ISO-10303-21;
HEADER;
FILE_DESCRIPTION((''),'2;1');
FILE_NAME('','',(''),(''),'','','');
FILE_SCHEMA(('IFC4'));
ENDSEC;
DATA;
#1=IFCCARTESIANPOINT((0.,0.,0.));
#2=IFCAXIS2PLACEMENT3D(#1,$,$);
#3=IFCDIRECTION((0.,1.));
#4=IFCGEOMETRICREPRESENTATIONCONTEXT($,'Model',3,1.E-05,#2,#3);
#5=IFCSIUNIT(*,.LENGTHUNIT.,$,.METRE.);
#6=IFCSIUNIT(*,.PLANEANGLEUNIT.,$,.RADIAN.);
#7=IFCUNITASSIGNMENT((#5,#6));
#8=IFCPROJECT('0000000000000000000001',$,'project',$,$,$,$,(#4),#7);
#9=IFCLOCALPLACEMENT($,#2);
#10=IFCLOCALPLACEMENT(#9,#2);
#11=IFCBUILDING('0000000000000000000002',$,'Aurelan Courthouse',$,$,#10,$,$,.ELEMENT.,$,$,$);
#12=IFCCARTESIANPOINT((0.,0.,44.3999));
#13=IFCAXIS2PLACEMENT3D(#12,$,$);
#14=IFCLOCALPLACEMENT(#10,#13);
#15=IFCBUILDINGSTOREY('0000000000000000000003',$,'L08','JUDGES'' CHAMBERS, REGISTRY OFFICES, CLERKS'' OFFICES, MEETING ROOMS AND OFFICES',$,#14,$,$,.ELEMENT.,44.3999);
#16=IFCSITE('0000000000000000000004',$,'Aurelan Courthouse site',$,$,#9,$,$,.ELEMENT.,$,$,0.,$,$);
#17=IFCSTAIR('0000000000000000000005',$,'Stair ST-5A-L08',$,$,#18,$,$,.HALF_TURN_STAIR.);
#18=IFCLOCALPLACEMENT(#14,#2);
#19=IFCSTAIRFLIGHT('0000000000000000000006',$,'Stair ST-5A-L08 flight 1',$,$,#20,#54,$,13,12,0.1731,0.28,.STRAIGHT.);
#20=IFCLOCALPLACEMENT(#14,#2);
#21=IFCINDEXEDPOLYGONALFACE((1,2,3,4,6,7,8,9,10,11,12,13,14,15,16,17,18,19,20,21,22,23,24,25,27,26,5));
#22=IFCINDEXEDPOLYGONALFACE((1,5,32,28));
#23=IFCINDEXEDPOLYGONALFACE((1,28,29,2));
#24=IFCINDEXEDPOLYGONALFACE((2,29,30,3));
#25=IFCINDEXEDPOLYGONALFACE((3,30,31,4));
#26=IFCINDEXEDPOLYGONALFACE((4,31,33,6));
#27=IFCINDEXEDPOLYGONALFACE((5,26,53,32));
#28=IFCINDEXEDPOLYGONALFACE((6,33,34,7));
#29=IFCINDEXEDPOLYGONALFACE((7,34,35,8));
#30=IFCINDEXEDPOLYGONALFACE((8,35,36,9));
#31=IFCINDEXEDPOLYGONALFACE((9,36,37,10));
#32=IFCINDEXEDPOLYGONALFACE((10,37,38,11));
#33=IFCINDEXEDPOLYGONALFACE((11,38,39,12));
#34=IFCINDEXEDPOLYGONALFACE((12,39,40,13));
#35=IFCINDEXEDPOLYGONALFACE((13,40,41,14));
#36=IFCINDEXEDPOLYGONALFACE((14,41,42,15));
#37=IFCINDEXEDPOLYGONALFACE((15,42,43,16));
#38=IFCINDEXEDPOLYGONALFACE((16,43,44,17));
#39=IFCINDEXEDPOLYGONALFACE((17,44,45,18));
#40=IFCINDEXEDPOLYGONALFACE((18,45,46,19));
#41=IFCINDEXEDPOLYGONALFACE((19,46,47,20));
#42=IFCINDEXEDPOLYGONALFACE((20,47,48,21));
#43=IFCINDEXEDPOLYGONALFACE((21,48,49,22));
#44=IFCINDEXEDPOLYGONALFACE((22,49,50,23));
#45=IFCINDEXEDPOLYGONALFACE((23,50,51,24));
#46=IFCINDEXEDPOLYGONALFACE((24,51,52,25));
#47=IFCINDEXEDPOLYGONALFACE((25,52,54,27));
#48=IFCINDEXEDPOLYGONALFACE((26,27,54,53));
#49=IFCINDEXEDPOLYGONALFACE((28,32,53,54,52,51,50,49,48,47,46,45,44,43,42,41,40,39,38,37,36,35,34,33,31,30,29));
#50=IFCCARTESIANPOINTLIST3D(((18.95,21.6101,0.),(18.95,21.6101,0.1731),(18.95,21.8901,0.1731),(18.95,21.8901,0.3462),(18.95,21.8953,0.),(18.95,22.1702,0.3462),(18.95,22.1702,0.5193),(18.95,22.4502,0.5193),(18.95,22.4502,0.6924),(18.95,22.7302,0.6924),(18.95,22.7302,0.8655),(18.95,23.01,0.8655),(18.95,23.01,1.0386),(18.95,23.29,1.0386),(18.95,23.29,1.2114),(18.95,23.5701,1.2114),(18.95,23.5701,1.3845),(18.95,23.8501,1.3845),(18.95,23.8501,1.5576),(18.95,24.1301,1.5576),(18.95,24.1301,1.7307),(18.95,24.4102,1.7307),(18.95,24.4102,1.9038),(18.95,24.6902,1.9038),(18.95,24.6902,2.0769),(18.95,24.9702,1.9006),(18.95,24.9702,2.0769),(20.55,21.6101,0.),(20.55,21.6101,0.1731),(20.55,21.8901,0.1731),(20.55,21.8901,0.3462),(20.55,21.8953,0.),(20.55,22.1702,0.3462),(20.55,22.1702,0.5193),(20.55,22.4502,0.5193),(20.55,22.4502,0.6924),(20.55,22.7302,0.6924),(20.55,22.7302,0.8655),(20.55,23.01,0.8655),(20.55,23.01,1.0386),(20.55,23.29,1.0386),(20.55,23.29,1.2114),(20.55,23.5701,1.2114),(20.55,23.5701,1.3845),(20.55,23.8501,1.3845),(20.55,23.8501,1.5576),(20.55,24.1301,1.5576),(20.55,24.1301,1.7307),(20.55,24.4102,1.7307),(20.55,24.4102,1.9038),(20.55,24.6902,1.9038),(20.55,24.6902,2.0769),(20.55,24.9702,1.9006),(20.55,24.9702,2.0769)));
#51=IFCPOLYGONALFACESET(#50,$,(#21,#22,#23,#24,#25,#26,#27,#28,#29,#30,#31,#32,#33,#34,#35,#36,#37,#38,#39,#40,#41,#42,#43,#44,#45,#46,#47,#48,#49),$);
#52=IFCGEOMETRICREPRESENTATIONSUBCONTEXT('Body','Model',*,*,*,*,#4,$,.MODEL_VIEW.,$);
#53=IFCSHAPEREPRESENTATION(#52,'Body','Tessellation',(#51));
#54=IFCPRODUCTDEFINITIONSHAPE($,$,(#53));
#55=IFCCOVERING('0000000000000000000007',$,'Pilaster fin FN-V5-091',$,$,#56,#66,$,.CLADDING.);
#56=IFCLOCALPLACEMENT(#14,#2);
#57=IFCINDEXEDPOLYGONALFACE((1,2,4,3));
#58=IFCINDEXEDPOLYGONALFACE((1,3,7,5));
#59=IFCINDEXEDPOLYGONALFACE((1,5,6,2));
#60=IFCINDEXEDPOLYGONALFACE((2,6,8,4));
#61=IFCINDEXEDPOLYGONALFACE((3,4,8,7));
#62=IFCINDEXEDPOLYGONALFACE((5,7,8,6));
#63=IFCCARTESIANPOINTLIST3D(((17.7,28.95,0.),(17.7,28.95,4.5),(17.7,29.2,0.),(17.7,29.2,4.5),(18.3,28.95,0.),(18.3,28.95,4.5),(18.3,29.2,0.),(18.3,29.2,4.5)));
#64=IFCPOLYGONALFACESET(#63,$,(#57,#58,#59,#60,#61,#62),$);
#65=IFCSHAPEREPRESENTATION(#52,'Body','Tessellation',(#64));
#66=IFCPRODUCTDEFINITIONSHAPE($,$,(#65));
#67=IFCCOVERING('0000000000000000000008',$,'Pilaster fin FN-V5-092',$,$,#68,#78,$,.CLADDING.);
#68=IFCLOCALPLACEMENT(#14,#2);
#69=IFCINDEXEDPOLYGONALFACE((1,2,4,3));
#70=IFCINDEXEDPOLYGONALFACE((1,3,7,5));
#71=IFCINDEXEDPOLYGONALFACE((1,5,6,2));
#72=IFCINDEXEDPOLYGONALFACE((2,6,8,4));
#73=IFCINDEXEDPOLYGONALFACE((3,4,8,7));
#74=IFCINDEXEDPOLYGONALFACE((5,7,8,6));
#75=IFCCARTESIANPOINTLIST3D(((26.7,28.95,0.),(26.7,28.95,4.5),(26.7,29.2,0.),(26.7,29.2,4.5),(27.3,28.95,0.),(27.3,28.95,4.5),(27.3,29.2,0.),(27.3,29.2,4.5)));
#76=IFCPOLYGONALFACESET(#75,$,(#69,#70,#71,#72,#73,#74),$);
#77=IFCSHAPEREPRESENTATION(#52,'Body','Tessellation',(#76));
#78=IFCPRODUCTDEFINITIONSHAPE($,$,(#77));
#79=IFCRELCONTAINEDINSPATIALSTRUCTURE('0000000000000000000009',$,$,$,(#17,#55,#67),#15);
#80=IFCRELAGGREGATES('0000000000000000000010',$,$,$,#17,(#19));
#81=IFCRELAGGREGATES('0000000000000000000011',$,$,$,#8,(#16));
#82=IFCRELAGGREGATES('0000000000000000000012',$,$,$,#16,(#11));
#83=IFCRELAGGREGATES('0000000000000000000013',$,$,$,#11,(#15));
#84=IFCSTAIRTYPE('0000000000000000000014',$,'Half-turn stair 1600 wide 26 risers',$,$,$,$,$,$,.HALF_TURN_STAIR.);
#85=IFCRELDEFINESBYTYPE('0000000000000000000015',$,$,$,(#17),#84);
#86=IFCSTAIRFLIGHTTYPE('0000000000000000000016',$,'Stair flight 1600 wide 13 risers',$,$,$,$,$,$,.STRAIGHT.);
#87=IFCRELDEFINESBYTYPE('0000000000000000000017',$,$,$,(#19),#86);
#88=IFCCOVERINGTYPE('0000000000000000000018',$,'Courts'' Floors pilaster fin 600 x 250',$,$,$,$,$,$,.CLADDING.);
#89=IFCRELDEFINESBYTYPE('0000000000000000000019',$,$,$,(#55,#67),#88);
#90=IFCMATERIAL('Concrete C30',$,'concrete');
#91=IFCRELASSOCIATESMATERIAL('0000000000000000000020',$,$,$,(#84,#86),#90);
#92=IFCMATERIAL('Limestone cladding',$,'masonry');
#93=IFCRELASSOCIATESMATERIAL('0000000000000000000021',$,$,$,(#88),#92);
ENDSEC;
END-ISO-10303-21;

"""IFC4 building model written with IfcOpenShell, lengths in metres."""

from ifc_helpers import new_model, si_unit, direction, frame, origin, origin_2d, place, context, subcontext, project, spatial, polyline, rectangle, outline, extrude, material, type_object, element, aggregate, save


model = new_model("IFC4")

# Units and contexts
model_context = context("Model", 3, precision=1e-05, world=origin(), true_north=direction((0.0, 1.0)))
body_context = subcontext(model_context, "Body", "Model", "MODEL_VIEW")
ifc_project = project(units=[si_unit("LENGTHUNIT", "METRE"), si_unit("PLANEANGLEUNIT", "RADIAN")], contexts=[model_context])

# Site, building, storey
site_placement = place(None, origin())
site = spatial("IfcSite", under=ifc_project, at=site_placement, Name="Aurelan Courthouse site", CompositionType="ELEMENT", RefElevation=0.0)
building_placement = place(site_placement, origin())
building = spatial("IfcBuilding", under=site, at=building_placement, Name="Aurelan Courthouse", CompositionType="ELEMENT")
storey_placement = place(building_placement, frame((0.0, 0.0, 44.3999)))
storey = spatial("IfcBuildingStorey", under=building, at=storey_placement, Name="L08", Description="JUDGES' CHAMBERS, REGISTRY OFFICES, CLERKS' OFFICES, MEETING ROOMS AND OFFICES", CompositionType="ELEMENT", Elevation=44.3999)

# Shared definitions
ifc_material_1 = material(Name="Limestone cladding", Category="masonry")
ifc_material_2 = material(Name="Concrete C30", Category="concrete")

# Stair, stair flight
stair_type = type_object("IfcStairType", Name="Half-turn stair 1600 wide 26 risers", PredefinedType="HALF_TURN_STAIR", material=ifc_material_2)
stair_placement = place(storey_placement, origin())
stair = element("IfcStair", 1, at=stair_placement, inside=storey, type_object=stair_type, Name="Stair ST-5A-L08", PredefinedType="HALF_TURN_STAIR")
stair_flight_type = type_object("IfcStairFlightType", Name="Stair flight 1600 wide 13 risers", PredefinedType="STRAIGHT", material=ifc_material_2)
stair_flight_placement = place(storey_placement, frame((19.75, 21.6101, 0.0), z_axis=(0.0, 0.0, 1.0), x_axis=(0.0, 1.0, 0.0)))
stair_flight = element("IfcStairFlight", 2, at=stair_flight_placement, type_object=stair_flight_type, Name="Stair ST-5A-L08 flight 1", NumberOfRisers=13, NumberOfTreads=12, PredefinedType="STRAIGHT", RiserHeight=0.1731, TreadLength=0.28, context=body_context, shape_type="SweptSolid", body=[
    extrude(outline(polyline([(0.0, 0.0), (0.0, 0.1731), (0.28, 0.1731), (0.28, 0.3462), (0.5601, 0.3462), (0.5601, 0.5193), (0.8401, 0.5193), (0.8401, 0.6924), (1.1201, 0.6924), (1.1201, 0.8655), (1.3999, 0.8655), (1.3999, 1.0386), (1.6799, 1.0386), (1.6799, 1.2114), (1.96, 1.2114), (1.96, 1.3845), (2.24, 1.3845), (2.24, 1.5576), (2.52, 1.5576), (2.52, 1.7307), (2.8, 1.7307), (2.8, 1.9038), (3.0801, 1.9038), (3.0801, 2.0769), (3.3601, 2.0769), (3.3601, 2.25), (3.3601, 1.9006), (0.2852, 0.0), (0.0, 0.0)])), frame((0.0, 0.8, 0.0), z_axis=(0.0, -1.0, 0.0), x_axis=(1.0, 0.0, 0.0)), (0.0, 0.0, 1.0), 1.6001),
])
aggregate(stair, [stair_flight])

# Coverings
covering_type = type_object("IfcCoveringType", Name="Courts' Floors pilaster fin 600 x 250", PredefinedType="CLADDING", material=ifc_material_1)
for number, where, z_axis, x_axis, name in (
    (3, (18.0, 29.075, 0.0), (0.0, 0.0, 1.0), (1.0, 0.0, 0.0), "Pilaster fin FN-V5-091"),
    (4, (27.0, 29.075, 0.0), (0.0, 0.0, 1.0), (1.0, 0.0, 0.0), "Pilaster fin FN-V5-092"),
):
    element("IfcCovering", number, at=place(storey_placement, frame(where, z_axis=z_axis, x_axis=x_axis)), inside=storey, type_object=covering_type, Name=name, PredefinedType="CLADDING", context=body_context, shape_type="SweptSolid", body=[
        extrude(rectangle(XDim=0.6001, YDim=0.25, at=origin_2d()), origin(), (0.0, 0.0, 1.0), 4.5),
    ])

save(model, "model.ifc")
